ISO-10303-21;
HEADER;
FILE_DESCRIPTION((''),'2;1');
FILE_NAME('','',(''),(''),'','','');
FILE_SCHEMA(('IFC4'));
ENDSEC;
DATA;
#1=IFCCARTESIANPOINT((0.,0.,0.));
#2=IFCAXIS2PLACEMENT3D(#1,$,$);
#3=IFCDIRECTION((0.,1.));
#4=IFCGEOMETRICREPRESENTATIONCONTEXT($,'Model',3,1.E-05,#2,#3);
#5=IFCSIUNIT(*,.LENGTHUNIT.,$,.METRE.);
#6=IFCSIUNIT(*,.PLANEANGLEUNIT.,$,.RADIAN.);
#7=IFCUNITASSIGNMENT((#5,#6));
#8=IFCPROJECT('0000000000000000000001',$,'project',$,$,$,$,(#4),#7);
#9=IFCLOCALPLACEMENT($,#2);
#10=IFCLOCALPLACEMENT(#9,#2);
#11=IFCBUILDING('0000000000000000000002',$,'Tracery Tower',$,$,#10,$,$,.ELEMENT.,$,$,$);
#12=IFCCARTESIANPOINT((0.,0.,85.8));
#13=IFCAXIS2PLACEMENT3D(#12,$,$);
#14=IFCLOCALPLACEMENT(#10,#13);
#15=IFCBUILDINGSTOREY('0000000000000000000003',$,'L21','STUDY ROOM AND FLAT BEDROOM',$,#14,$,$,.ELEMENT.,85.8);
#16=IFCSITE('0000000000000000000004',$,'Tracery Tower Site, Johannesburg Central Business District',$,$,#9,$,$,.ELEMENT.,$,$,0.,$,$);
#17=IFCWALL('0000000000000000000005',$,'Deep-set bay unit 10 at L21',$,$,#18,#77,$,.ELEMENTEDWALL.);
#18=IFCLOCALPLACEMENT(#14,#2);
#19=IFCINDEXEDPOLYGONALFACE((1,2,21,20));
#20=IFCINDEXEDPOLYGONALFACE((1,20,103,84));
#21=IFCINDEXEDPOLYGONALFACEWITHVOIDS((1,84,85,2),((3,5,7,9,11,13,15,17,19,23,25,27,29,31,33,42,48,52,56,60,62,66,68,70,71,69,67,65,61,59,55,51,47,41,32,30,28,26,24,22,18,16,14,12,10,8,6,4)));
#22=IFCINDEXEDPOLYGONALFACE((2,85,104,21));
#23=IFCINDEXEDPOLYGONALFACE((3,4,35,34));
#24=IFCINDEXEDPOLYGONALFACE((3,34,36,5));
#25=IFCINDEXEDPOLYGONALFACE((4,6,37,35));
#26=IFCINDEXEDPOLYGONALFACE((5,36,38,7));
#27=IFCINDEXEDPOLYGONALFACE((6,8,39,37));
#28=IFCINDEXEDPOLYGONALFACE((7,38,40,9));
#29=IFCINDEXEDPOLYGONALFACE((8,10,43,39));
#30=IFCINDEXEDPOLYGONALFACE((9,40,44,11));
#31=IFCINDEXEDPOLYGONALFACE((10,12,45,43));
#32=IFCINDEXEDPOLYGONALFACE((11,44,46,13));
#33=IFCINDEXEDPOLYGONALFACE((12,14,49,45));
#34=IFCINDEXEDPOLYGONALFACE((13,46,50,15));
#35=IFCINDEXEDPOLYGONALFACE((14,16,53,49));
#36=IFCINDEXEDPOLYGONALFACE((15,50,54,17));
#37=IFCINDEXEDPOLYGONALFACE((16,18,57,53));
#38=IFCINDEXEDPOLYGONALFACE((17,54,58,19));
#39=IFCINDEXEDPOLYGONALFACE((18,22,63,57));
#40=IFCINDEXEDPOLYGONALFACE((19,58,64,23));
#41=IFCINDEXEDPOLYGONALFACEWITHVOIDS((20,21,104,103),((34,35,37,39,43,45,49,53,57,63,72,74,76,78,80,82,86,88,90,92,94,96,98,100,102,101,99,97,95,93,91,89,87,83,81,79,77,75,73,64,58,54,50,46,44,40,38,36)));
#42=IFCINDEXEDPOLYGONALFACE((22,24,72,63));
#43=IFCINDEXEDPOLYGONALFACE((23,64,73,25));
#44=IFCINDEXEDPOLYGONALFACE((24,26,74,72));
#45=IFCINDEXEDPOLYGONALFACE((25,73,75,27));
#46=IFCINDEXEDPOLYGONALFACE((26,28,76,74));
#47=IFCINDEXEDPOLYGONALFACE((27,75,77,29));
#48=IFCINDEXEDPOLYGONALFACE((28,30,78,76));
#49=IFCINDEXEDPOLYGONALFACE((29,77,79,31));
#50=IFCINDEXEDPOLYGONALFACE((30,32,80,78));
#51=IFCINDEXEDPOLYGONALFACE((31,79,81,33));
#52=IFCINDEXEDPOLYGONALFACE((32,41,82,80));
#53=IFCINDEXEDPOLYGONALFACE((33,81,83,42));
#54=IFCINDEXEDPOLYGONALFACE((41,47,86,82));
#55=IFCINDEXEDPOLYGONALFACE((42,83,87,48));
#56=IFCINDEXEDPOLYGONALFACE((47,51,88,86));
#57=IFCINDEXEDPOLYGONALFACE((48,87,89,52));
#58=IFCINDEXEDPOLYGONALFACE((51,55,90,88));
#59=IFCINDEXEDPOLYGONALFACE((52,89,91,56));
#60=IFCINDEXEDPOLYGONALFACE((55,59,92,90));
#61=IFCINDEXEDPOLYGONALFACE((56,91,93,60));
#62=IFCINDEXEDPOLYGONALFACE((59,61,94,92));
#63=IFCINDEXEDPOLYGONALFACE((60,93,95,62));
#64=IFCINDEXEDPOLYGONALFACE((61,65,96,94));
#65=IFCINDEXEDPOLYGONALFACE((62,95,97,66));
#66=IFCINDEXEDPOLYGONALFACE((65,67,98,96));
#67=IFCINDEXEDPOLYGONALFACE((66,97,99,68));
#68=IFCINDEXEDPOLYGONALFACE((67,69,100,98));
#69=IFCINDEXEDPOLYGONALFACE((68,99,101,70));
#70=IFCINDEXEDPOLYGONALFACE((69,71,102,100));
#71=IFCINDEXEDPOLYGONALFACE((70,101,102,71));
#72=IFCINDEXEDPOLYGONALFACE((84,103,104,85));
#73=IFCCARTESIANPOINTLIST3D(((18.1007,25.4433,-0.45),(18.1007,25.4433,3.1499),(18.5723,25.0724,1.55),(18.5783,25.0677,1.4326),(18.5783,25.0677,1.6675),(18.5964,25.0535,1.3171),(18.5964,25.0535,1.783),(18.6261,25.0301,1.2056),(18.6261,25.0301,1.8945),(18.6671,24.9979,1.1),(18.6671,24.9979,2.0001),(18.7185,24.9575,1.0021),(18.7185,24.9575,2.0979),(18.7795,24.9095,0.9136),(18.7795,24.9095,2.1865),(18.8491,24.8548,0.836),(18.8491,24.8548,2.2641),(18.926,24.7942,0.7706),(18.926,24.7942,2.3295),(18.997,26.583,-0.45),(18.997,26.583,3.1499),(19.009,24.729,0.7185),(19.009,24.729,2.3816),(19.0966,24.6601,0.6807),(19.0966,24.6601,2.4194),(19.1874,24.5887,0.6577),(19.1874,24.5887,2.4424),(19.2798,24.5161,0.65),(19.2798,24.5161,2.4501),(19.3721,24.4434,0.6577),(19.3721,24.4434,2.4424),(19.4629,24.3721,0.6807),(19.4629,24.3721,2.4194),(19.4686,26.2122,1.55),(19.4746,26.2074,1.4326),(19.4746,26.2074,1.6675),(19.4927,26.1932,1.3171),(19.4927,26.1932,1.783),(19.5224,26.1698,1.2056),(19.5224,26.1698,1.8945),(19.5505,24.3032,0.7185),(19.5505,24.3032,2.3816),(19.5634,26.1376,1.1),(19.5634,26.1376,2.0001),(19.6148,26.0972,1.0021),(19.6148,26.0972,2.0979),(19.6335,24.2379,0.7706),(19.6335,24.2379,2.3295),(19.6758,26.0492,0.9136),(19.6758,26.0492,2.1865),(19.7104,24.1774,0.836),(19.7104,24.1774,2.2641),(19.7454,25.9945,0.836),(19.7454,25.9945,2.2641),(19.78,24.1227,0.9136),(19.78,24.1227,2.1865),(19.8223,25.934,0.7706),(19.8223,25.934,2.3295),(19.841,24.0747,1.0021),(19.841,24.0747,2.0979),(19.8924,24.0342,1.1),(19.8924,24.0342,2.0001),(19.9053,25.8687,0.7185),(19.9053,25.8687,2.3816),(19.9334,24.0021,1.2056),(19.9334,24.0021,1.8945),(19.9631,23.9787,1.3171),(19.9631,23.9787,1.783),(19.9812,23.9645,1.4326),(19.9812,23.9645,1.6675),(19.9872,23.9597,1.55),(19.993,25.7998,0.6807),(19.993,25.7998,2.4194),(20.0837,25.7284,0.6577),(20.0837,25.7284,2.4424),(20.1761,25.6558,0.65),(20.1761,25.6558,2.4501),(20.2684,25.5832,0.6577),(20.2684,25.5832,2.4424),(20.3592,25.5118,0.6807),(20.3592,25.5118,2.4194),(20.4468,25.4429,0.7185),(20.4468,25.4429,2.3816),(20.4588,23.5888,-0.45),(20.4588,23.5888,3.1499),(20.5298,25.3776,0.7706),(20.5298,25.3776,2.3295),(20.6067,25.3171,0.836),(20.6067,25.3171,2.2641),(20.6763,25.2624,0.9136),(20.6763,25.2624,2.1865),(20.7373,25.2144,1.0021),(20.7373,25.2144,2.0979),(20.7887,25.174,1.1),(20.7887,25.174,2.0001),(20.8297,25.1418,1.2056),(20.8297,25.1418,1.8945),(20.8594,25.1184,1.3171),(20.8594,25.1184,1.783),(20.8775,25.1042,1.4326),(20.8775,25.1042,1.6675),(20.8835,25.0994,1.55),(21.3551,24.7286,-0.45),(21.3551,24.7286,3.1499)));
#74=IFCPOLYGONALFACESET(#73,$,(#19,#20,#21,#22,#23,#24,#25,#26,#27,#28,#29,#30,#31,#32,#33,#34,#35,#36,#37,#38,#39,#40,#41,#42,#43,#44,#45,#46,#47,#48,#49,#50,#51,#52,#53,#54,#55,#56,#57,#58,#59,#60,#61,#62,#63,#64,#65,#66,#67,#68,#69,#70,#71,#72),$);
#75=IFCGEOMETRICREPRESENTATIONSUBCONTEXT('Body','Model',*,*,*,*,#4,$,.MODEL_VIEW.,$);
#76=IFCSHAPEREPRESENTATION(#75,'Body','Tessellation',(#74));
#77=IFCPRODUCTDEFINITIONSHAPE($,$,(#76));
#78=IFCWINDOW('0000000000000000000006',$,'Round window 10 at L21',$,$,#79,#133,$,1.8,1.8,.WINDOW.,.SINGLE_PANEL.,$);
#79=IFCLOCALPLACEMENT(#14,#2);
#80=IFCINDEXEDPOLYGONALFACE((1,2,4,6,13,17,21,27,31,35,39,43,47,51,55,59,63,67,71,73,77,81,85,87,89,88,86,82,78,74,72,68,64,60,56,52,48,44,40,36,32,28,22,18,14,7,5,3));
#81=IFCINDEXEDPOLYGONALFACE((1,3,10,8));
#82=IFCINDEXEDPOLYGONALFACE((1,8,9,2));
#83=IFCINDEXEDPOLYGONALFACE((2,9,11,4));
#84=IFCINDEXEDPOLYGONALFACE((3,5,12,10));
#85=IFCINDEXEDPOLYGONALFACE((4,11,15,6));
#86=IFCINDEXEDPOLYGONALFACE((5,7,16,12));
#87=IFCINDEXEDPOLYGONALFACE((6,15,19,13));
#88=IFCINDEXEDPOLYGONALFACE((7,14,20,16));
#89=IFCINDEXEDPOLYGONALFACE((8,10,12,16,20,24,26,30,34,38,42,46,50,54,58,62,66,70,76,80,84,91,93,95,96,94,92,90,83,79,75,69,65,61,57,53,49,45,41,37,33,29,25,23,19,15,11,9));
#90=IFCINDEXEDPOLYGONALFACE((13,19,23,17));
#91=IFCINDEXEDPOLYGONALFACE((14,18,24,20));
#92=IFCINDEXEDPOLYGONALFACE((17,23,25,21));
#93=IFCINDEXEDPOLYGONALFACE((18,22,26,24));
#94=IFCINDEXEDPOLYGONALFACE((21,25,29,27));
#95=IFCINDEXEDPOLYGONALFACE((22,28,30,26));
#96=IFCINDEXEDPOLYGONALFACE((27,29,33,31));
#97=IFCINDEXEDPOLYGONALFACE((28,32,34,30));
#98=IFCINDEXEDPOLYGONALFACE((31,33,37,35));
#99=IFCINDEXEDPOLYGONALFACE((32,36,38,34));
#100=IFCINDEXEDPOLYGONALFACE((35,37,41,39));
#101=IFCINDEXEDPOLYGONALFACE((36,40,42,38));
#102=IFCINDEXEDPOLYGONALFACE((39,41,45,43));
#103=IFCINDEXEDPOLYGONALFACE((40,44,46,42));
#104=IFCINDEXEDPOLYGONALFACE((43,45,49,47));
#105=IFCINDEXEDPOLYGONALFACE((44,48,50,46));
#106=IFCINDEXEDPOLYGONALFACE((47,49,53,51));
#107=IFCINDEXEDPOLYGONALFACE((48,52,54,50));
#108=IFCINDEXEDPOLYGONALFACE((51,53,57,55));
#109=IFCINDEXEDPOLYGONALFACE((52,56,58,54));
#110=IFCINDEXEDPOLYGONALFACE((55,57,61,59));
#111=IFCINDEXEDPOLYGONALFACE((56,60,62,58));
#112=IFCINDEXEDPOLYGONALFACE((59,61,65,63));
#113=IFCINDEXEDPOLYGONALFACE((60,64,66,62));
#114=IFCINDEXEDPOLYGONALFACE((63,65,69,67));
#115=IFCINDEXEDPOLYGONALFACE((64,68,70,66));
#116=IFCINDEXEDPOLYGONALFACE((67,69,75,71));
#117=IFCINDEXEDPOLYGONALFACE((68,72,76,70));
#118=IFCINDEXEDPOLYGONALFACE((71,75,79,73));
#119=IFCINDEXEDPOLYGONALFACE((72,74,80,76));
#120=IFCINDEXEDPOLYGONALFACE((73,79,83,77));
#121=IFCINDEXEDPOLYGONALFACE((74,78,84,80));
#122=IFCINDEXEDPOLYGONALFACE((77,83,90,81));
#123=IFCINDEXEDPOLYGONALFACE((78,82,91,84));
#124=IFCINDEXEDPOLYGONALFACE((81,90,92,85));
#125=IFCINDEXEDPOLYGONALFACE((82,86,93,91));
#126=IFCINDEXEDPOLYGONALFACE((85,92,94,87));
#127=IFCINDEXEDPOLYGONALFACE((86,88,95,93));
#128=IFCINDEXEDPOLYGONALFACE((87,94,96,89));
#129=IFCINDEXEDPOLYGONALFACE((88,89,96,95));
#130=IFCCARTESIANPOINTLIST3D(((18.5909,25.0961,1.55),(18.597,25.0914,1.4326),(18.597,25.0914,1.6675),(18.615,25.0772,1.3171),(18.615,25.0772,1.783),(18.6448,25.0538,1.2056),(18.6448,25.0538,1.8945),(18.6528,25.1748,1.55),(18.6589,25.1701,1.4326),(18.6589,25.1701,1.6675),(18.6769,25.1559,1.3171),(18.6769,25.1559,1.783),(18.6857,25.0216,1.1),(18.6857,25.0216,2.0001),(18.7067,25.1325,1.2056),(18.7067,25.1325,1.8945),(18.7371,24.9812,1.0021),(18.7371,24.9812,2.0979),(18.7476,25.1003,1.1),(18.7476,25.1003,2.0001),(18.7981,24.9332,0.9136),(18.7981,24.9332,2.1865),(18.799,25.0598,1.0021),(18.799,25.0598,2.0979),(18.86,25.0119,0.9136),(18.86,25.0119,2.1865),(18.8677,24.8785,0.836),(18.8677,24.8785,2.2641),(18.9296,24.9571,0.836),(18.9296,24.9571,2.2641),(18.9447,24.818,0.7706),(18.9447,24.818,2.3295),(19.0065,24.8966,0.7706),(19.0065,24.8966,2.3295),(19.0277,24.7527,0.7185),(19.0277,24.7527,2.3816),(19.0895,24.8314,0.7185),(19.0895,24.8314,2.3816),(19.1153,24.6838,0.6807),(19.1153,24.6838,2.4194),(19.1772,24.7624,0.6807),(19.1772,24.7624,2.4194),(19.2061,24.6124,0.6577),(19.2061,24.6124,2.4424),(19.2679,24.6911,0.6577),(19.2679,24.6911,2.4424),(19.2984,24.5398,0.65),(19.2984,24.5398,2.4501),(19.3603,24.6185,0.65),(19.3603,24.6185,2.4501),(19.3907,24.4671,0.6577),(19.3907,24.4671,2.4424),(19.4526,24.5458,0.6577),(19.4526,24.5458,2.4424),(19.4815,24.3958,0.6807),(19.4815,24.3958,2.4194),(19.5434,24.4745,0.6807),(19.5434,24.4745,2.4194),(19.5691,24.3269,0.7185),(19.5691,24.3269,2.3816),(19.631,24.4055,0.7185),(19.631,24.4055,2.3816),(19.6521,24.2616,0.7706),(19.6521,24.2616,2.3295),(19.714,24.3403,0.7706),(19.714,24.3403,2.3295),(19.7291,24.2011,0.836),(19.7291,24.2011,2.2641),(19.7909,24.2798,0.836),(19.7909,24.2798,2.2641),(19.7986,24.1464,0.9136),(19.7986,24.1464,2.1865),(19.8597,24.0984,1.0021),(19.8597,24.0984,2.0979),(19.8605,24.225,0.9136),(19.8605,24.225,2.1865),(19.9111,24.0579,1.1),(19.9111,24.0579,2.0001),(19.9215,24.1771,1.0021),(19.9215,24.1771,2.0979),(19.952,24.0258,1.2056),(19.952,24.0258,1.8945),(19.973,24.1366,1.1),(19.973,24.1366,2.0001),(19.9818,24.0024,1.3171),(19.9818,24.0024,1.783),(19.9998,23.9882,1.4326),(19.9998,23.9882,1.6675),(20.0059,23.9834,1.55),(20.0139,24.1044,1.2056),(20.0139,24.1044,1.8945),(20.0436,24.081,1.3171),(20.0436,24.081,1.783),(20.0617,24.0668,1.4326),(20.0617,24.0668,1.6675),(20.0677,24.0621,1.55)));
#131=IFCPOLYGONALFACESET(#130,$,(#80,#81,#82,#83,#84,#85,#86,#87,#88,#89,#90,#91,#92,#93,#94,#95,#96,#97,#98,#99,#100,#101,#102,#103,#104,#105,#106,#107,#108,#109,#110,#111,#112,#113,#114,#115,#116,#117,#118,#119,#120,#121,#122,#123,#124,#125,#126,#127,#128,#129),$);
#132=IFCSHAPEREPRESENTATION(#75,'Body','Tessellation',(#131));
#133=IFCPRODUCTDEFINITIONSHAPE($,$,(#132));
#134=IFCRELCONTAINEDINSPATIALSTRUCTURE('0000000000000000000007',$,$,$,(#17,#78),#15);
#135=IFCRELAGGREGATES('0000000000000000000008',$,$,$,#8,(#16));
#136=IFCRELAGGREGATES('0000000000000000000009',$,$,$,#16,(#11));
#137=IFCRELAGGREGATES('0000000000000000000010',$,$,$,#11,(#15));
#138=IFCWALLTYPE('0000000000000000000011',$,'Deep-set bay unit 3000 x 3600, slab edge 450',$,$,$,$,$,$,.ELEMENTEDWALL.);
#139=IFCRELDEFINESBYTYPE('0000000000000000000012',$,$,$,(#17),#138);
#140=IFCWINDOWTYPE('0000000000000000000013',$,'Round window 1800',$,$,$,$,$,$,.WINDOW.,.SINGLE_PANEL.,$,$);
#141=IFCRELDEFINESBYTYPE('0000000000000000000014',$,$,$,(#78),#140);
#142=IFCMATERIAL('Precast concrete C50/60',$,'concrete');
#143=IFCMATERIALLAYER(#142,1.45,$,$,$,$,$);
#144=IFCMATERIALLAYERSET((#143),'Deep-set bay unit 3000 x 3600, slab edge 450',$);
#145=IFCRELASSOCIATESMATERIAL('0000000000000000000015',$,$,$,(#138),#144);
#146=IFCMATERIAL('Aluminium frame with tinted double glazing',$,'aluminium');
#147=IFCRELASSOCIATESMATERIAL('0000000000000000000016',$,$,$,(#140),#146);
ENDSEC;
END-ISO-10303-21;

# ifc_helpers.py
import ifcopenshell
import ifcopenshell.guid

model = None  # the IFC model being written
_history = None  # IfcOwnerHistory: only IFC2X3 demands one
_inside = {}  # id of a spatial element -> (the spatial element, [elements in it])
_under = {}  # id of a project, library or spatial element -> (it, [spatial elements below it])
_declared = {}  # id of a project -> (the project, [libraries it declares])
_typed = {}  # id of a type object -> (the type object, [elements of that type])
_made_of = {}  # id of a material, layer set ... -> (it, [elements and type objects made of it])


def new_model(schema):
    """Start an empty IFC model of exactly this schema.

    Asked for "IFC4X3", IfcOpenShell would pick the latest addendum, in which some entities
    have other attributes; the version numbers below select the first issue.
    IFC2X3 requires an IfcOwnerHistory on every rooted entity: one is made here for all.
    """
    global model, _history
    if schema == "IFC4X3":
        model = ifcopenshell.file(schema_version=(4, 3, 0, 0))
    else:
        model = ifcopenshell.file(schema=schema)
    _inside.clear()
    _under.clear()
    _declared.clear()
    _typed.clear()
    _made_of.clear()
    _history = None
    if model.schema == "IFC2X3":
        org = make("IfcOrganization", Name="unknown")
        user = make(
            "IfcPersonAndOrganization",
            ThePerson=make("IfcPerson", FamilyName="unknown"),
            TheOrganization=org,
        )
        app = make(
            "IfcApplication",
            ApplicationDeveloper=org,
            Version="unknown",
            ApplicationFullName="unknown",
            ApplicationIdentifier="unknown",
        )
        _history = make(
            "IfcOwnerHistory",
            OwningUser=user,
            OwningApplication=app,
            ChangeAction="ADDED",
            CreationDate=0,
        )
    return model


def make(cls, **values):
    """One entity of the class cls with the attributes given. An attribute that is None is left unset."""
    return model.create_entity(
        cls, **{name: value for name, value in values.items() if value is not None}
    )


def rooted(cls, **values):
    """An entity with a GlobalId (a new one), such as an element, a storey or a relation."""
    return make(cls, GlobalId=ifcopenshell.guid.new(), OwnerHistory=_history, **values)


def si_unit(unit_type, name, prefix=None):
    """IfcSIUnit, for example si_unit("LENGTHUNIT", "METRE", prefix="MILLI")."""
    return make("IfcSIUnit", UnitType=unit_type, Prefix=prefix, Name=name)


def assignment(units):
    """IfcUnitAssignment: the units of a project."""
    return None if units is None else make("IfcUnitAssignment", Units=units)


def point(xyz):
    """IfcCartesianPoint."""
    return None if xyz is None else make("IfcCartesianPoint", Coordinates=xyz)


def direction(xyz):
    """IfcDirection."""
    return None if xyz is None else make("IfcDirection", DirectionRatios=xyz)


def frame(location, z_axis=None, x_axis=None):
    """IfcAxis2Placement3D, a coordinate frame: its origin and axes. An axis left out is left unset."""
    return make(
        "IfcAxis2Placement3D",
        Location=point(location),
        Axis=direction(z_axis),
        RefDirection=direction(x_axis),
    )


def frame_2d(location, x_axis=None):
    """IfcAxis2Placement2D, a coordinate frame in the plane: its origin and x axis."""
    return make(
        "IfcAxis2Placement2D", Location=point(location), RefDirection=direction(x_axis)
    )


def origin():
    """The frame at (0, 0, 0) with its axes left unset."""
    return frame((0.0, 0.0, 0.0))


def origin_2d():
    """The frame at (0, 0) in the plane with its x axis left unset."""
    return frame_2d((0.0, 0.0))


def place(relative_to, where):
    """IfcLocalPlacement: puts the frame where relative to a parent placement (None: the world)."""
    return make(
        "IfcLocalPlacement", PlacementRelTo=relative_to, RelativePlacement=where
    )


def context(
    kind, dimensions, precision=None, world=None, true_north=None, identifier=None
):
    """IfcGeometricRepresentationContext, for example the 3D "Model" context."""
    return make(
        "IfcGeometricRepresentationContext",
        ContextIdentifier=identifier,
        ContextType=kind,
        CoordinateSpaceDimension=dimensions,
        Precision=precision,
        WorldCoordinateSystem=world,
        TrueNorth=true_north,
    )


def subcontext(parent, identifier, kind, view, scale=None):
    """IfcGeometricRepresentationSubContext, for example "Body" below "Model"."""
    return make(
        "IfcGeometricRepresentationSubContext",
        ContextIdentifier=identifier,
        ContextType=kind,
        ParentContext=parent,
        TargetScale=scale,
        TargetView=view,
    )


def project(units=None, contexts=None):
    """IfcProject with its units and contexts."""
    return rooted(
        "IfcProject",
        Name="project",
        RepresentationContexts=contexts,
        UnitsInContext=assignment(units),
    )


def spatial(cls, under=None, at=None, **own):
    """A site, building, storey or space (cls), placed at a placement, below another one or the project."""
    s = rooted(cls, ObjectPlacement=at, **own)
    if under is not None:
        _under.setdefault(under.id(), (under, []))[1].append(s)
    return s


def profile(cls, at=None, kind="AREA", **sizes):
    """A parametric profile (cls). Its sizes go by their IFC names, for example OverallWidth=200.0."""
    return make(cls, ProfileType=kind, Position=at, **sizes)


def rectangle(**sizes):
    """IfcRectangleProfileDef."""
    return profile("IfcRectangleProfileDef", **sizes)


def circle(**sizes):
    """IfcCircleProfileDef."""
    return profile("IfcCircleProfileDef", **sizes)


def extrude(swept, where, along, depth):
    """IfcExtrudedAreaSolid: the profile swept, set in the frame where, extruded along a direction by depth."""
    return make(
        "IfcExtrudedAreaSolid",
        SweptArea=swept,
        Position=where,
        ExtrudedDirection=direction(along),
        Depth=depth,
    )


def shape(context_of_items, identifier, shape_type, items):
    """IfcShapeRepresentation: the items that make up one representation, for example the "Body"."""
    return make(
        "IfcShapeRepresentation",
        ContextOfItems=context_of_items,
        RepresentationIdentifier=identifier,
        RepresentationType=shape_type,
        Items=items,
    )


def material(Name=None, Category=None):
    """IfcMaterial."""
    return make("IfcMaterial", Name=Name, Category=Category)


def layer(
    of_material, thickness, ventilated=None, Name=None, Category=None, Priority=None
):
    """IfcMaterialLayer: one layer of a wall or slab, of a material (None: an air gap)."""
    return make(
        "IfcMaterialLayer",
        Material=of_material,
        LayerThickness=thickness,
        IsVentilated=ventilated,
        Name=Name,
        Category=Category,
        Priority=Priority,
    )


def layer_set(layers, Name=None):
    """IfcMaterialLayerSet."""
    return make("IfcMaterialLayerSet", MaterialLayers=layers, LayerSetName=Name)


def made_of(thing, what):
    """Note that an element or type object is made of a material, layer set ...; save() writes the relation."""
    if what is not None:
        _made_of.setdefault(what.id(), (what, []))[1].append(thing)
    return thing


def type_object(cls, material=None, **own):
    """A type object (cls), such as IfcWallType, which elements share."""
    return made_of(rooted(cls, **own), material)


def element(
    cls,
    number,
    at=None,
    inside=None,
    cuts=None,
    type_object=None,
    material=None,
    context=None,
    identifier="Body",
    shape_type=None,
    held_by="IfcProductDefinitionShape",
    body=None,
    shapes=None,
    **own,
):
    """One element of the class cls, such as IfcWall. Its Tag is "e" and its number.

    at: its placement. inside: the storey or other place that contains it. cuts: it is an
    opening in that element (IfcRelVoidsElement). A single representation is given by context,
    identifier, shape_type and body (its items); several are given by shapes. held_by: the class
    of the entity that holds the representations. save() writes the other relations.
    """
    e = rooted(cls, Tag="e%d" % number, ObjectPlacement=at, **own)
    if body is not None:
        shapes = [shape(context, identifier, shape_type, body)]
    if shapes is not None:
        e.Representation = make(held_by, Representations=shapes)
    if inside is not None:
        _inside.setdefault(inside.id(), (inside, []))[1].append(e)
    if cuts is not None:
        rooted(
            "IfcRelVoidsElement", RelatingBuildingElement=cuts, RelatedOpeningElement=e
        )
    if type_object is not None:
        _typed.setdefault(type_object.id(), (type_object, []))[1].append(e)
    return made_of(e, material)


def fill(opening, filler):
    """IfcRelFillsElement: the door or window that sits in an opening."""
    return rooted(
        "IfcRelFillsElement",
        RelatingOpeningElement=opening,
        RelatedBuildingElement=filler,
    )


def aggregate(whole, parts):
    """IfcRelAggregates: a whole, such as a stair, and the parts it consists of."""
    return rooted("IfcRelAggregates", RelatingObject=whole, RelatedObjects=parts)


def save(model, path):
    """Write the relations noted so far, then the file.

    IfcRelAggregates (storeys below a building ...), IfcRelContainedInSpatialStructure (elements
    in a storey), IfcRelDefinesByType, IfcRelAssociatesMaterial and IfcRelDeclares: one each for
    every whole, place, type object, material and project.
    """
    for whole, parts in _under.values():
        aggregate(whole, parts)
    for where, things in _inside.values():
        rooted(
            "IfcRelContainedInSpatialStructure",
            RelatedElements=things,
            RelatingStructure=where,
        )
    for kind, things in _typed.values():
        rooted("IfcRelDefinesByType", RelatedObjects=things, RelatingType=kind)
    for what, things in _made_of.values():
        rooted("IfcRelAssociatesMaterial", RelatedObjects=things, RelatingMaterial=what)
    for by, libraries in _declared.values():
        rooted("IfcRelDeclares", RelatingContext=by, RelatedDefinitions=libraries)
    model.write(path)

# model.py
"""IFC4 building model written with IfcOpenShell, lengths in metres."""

from ifc_helpers import new_model, si_unit, direction, frame, frame_2d, origin, origin_2d, place, context, subcontext, project, spatial, rectangle, circle, extrude, material, layer, layer_set, type_object, element, fill, save


model = new_model("IFC4")

# Units and contexts
model_context = context("Model", 3, precision=1e-05, world=origin(), true_north=direction((0.0, 1.0)))
body_context = subcontext(model_context, "Body", "Model", "MODEL_VIEW")
ifc_project = project(units=[si_unit("LENGTHUNIT", "METRE"), si_unit("PLANEANGLEUNIT", "RADIAN")], contexts=[model_context])

# Site, building, storey
site_placement = place(None, origin())
site = spatial("IfcSite", under=ifc_project, at=site_placement, Name="Tracery Tower Site, Johannesburg Central Business District", CompositionType="ELEMENT", RefElevation=0.0)
building_placement = place(site_placement, origin())
building = spatial("IfcBuilding", under=site, at=building_placement, Name="Tracery Tower", CompositionType="ELEMENT")
storey_placement = place(building_placement, frame((0.0, 0.0, 85.8)))
storey = spatial("IfcBuildingStorey", under=building, at=storey_placement, Name="L21", Description="STUDY ROOM AND FLAT BEDROOM", CompositionType="ELEMENT", Elevation=85.8)

# Wall, opening, window
ifc_material_1 = material(Name="Precast concrete C50/60", Category="concrete")
ifc_layer_1 = layer(ifc_material_1, 1.45)
ifc_layer_set_1 = layer_set([ifc_layer_1], Name="Deep-set bay unit 3000 x 3600, slab edge 450")
wall_type_1 = type_object("IfcWallType", Name="Deep-set bay unit 3000 x 3600, slab edge 450", PredefinedType="ELEMENTEDWALL", material=ifc_layer_set_1)
wall_1_placement = place(storey_placement, frame((20.907, 24.1587, -0.45), z_axis=(0.0, 0.0, 1.0), x_axis=(-0.78605, 0.618163, 0.0)))
wall_1 = element("IfcWall", 1, at=wall_1_placement, inside=storey, type_object=wall_type_1, Name="Deep-set bay unit 10 at L21", PredefinedType="ELEMENTEDWALL", context=body_context, shape_type="SweptSolid", body=[
    extrude(rectangle(XDim=3.0, YDim=1.45, at=frame_2d((1.5, 0.0))), origin(), (0.0, 0.0, 1.0), 3.5999),
])
opening_1_placement = place(wall_1_placement, frame((1.5, 0.0, 2.0)))
opening_1 = element("IfcOpeningElement", 2, at=opening_1_placement, cuts=wall_1, PredefinedType="OPENING", context=body_context, shape_type="SweptSolid", body=[
    extrude(circle(Radius=0.9, at=origin_2d()), frame((0.0, 0.7349, 0.0), z_axis=(0.0, -1.0, 0.0), x_axis=(1.0, 0.0, 0.0)), (0.0, 0.0, 1.0), 1.47),
])
ifc_material_2 = material(Name="Aluminium frame with tinted double glazing", Category="aluminium")
window_type = type_object("IfcWindowType", Name="Round window 1800", PartitioningType="SINGLE_PANEL", PredefinedType="WINDOW", material=ifc_material_2)
window_1_placement = place(opening_1_placement, origin())
window_1 = element("IfcWindow", 3, at=window_1_placement, inside=storey, type_object=window_type, Name="Round window 10 at L21", OverallHeight=1.8, OverallWidth=1.8, PartitioningType="SINGLE_PANEL", PredefinedType="WINDOW", context=body_context, shape_type="SweptSolid", body=[
    extrude(circle(Radius=0.9, at=origin_2d()), frame((0.0, 0.6948, 0.0), z_axis=(0.0, -1.0, 0.0), x_axis=(1.0, 0.0, 0.0)), (0.0, 0.0, 1.0), 0.1001),
])
fill(opening_1, window_1)

save(model, "model.ifc")
